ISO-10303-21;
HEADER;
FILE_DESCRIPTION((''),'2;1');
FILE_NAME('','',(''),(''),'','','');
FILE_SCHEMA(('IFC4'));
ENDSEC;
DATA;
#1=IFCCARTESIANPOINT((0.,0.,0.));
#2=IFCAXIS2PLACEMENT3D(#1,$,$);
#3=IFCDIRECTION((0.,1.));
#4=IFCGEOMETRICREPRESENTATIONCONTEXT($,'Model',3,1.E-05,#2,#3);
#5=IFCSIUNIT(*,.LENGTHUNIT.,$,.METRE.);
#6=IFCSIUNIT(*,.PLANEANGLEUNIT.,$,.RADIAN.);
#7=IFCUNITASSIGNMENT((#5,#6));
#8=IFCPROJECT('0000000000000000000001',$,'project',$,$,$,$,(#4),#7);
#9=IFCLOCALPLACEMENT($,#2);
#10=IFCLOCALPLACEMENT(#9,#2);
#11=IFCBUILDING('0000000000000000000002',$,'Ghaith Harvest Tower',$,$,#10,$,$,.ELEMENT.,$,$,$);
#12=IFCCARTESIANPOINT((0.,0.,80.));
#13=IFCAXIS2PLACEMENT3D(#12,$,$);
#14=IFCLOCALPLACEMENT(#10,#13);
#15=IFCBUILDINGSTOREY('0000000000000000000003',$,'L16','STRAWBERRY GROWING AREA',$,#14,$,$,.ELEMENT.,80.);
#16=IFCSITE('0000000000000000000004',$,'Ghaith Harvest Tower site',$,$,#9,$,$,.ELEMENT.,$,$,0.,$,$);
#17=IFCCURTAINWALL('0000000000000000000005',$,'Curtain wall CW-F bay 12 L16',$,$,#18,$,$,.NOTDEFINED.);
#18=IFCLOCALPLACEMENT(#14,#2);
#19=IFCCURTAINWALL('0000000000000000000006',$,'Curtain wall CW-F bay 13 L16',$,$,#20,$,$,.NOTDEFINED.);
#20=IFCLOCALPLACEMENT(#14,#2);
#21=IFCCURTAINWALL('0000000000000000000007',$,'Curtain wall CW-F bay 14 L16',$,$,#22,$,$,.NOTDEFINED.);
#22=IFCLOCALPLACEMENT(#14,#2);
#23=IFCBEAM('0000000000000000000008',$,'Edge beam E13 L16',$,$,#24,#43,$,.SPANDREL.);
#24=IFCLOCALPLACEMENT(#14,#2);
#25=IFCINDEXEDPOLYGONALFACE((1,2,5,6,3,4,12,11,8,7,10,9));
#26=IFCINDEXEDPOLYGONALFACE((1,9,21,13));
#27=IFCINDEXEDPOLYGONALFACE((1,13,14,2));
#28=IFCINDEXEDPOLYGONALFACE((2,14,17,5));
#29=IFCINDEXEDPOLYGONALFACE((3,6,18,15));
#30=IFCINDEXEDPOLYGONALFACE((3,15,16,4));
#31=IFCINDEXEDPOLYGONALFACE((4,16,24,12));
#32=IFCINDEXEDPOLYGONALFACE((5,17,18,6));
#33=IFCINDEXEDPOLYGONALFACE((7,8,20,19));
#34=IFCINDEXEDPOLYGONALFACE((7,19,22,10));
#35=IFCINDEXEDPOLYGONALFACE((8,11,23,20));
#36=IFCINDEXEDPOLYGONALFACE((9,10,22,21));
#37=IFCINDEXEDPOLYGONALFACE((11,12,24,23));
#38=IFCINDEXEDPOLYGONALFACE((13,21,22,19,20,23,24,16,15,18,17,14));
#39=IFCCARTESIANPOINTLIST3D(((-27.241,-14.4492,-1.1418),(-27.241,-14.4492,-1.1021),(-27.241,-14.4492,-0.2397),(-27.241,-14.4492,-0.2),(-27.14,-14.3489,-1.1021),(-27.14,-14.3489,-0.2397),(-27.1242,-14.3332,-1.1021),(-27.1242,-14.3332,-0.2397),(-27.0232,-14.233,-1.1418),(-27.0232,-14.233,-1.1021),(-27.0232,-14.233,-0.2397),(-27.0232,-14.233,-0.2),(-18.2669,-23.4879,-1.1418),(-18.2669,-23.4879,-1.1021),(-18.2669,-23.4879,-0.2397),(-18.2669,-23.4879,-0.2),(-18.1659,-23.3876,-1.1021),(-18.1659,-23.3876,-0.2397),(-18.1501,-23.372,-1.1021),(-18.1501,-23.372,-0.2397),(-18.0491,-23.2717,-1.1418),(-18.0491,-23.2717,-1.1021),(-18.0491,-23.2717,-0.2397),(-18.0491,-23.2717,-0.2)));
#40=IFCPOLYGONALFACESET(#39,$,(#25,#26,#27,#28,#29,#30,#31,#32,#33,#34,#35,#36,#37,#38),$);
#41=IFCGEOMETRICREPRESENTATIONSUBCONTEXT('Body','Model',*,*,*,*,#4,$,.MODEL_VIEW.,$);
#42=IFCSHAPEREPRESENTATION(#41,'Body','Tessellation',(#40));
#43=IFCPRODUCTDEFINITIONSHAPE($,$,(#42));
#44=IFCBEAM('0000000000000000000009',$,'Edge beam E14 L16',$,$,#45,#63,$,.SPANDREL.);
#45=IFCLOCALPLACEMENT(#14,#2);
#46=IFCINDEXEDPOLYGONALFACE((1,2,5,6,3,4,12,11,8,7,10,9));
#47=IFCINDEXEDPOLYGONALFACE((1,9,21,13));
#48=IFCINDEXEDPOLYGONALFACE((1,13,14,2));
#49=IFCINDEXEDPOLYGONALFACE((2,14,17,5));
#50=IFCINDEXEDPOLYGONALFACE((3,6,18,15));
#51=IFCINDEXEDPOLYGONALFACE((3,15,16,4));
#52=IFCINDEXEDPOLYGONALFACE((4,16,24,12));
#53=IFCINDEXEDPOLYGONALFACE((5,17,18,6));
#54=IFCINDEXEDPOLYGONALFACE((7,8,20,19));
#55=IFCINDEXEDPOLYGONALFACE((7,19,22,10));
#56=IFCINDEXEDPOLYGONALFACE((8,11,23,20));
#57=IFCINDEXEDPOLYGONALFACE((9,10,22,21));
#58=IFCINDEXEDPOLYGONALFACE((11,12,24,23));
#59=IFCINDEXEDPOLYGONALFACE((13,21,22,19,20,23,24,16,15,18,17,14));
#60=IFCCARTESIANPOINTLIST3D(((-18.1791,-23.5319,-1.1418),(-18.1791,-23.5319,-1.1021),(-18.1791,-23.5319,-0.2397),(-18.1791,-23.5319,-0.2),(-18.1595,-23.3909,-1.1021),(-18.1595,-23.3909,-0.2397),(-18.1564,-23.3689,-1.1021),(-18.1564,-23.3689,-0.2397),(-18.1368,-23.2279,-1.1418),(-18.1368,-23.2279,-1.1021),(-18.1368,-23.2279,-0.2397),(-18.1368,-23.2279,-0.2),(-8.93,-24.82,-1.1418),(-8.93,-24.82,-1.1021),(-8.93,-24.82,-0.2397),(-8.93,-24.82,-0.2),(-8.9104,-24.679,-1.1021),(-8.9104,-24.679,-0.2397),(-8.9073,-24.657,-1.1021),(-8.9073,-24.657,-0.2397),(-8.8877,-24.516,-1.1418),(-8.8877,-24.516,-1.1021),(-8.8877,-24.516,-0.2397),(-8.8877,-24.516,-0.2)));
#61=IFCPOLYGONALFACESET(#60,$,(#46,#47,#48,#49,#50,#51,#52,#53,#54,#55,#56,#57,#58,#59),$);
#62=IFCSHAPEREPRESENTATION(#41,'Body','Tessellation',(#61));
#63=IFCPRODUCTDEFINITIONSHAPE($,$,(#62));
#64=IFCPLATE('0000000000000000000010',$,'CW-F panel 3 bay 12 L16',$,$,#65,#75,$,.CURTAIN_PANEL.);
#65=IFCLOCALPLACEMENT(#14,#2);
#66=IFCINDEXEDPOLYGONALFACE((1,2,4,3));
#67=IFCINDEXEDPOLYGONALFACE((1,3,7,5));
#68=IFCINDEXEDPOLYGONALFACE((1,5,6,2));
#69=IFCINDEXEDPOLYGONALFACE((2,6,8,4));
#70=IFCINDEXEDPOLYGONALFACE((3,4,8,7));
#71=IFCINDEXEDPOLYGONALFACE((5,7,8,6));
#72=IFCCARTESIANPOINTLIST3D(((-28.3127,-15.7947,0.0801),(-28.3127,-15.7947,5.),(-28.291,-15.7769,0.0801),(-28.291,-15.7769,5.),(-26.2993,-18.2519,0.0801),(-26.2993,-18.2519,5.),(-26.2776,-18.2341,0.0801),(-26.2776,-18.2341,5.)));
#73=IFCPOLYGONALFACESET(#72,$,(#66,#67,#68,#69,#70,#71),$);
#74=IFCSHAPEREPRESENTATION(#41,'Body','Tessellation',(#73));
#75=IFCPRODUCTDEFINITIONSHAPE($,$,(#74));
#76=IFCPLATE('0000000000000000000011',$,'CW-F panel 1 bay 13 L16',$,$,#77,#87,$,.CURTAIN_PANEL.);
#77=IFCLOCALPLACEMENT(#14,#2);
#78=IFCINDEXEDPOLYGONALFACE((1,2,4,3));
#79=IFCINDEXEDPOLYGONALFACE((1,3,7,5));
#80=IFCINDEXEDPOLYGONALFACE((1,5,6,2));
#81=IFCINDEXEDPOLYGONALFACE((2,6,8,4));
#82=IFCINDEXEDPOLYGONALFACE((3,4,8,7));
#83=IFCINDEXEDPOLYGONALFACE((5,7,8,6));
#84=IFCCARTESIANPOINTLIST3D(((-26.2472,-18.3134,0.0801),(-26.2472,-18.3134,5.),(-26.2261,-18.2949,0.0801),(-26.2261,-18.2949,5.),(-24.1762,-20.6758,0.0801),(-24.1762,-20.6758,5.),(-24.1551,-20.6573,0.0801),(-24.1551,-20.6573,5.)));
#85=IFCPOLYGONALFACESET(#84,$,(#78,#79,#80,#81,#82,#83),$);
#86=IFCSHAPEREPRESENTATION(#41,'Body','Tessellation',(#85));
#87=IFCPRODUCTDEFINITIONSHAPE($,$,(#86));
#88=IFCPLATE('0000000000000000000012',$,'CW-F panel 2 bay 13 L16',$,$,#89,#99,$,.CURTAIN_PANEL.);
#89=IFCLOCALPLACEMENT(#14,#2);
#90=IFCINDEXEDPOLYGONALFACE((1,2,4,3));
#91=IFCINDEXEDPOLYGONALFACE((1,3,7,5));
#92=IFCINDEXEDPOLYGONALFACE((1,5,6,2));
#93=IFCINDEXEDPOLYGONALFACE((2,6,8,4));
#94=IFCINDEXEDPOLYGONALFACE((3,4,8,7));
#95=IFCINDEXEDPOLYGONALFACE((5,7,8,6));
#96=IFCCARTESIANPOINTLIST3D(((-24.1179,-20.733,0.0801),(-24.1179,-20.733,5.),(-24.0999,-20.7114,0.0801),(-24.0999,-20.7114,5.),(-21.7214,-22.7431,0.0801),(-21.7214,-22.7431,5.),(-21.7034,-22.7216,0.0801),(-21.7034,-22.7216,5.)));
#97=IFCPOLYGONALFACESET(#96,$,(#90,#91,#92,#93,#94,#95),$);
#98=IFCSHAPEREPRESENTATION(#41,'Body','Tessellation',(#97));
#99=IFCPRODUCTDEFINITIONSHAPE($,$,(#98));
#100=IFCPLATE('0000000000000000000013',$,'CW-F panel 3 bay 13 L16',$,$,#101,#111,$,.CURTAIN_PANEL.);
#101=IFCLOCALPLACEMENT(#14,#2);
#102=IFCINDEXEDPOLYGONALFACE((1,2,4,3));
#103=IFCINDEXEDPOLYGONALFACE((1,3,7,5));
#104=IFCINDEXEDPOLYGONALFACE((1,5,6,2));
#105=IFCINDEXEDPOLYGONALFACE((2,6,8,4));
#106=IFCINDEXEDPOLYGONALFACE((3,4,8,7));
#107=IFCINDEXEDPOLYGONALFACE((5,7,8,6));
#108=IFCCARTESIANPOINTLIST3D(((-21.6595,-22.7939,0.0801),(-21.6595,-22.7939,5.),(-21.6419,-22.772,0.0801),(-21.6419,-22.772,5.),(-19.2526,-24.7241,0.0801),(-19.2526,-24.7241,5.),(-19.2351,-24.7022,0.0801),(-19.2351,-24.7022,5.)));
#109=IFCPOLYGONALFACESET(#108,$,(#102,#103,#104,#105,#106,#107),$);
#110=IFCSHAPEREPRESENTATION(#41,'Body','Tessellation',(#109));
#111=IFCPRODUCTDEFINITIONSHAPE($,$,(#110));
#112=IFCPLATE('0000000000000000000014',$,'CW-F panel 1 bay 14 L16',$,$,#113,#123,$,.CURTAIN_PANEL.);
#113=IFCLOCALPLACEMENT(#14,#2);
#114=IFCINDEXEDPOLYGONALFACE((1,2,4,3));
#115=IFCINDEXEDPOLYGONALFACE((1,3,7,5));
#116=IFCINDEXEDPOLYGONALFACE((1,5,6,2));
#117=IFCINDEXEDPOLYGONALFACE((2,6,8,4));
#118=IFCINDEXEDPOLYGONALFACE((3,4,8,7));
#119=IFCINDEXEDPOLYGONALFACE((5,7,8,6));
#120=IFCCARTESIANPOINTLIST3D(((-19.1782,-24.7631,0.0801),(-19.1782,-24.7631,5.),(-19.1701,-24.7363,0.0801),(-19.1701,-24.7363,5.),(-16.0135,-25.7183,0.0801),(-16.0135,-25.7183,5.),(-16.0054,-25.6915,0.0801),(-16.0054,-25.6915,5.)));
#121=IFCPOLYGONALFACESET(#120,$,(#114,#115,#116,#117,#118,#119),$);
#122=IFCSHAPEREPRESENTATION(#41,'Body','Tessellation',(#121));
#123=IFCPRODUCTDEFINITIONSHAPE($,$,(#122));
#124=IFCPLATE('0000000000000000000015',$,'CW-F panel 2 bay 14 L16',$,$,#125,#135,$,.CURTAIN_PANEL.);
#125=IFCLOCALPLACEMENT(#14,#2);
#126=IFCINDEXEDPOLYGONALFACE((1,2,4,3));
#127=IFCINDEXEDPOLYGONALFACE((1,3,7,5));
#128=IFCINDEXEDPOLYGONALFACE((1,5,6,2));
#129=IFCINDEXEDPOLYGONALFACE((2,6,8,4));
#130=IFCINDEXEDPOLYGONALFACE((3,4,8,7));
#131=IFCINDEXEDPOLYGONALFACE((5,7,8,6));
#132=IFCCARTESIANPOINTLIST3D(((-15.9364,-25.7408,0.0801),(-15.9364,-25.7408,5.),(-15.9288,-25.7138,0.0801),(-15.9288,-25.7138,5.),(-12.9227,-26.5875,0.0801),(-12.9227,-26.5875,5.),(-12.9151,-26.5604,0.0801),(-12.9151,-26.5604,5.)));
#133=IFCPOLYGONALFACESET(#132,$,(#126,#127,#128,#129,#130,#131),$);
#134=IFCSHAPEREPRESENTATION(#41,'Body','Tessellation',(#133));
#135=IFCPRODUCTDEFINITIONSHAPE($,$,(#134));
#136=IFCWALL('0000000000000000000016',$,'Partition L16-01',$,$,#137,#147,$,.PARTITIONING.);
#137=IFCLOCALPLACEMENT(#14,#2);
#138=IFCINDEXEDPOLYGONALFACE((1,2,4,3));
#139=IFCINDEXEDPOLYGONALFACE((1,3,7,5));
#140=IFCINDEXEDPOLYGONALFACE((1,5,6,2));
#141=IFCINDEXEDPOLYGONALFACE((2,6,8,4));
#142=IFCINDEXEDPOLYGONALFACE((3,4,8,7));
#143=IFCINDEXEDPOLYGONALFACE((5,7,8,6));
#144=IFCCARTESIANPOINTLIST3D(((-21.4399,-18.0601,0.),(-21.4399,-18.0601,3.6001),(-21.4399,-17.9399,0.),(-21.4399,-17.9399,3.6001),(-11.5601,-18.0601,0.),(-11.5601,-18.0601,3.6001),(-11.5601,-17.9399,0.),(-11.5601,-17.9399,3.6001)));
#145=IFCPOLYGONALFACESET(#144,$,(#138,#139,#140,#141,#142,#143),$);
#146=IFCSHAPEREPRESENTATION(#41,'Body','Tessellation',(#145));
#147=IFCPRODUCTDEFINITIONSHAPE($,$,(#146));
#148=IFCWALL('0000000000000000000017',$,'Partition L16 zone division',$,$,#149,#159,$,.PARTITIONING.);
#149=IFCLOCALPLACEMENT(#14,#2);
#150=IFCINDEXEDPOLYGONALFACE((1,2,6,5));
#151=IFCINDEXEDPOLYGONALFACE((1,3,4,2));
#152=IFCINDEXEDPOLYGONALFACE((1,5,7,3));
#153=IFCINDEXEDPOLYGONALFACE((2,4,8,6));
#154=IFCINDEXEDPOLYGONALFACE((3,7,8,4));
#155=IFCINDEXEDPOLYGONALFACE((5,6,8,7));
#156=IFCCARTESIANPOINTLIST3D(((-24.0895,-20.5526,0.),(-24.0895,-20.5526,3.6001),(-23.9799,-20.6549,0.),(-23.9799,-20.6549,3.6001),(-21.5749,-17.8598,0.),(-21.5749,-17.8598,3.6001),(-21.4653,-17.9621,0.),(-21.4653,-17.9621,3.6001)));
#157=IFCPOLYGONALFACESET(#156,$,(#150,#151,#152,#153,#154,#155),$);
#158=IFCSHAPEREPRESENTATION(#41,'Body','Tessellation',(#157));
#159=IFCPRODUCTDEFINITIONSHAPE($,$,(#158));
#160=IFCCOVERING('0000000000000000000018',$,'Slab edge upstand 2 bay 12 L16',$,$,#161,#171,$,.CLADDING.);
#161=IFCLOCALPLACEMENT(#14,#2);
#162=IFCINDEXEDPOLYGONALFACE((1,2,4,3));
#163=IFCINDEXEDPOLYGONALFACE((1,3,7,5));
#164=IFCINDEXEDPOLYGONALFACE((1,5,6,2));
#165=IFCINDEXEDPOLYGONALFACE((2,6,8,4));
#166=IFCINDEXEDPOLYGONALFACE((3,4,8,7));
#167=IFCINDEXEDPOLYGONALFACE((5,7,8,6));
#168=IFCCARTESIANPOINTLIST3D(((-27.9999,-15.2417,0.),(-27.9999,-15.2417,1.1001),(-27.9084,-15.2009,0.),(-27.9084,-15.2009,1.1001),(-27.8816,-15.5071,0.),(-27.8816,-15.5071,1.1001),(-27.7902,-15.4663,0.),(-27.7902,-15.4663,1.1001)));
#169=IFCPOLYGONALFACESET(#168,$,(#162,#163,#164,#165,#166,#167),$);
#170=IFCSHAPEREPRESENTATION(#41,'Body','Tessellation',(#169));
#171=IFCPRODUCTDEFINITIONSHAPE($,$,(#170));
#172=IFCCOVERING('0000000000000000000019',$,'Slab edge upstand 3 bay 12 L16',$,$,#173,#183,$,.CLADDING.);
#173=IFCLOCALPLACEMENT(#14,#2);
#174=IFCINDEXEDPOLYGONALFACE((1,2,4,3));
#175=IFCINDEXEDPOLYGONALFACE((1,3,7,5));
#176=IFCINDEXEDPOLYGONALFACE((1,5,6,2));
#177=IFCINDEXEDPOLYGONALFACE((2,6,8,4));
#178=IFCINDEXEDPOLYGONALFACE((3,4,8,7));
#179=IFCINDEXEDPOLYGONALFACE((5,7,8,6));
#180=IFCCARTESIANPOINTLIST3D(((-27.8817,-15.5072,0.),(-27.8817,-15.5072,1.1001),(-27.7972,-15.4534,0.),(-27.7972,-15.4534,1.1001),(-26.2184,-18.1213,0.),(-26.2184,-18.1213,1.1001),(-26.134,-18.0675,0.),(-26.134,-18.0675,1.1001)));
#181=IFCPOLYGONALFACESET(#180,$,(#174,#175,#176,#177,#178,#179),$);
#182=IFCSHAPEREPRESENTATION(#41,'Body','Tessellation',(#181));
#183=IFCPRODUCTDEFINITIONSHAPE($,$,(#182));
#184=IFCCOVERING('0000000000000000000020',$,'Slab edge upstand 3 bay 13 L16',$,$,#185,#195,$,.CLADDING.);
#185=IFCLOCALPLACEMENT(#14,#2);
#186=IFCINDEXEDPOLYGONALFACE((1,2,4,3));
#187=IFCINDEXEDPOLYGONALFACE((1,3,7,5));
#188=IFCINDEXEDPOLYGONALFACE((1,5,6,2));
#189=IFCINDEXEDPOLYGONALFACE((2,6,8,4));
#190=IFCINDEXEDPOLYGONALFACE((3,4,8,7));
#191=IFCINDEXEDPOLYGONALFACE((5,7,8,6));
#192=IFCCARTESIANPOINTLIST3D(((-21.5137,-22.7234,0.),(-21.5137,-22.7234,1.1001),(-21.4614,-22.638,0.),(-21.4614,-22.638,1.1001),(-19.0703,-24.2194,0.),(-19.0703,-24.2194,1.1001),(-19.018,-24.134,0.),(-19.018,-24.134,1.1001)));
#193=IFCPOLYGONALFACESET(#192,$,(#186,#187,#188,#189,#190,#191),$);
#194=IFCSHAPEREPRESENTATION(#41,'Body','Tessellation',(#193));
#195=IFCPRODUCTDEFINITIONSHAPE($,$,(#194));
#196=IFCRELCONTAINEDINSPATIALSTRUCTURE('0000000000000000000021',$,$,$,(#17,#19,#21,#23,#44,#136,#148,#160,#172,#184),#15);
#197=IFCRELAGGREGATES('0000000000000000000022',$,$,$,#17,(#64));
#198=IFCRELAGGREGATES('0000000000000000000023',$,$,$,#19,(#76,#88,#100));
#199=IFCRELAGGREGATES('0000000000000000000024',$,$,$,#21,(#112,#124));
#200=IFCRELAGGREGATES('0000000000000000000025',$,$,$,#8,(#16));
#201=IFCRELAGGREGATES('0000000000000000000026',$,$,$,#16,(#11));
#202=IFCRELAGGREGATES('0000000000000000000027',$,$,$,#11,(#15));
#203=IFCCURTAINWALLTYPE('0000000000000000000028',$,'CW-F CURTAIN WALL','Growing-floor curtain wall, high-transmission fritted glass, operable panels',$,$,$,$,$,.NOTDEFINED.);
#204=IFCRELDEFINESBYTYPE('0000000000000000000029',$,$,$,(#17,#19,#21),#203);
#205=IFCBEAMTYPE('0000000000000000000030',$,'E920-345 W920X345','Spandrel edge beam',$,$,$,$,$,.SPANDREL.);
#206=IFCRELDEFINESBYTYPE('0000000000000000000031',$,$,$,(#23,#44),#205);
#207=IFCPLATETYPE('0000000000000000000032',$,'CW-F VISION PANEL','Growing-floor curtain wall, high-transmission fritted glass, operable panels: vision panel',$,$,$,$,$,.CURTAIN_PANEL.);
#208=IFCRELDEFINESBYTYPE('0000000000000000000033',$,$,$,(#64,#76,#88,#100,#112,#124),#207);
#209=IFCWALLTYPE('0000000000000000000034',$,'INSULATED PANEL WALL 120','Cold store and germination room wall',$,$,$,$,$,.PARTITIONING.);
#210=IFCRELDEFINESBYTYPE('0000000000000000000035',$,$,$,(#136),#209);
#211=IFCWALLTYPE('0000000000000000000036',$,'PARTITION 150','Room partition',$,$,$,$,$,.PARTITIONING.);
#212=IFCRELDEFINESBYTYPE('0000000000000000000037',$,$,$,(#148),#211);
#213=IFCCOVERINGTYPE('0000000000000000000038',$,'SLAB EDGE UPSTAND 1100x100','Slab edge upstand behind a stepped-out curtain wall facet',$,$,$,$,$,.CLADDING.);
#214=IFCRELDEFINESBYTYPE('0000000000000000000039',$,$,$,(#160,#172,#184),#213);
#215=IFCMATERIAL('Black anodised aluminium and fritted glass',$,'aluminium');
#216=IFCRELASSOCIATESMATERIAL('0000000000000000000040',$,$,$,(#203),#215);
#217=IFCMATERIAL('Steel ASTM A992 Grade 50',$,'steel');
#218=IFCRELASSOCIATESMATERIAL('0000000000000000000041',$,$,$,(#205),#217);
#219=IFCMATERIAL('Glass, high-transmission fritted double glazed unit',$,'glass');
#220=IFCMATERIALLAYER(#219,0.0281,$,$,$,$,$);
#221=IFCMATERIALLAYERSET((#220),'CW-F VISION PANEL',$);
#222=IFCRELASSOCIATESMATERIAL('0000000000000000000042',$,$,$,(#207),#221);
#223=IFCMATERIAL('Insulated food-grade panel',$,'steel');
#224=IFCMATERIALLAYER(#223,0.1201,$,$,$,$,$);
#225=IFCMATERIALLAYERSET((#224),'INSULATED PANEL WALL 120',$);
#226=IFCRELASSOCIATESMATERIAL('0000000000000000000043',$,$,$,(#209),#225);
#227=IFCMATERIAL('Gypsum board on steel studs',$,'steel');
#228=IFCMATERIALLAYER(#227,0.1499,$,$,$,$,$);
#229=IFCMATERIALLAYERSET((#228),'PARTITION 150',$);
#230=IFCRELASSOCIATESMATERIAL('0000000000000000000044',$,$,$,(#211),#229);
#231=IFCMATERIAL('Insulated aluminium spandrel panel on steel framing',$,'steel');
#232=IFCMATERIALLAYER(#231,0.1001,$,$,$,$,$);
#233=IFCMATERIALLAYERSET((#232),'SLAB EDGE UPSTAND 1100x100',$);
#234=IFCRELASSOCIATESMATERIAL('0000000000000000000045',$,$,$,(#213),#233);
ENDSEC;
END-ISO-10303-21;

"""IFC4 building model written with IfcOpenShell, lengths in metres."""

from ifc_helpers import new_model, si_unit, direction, frame, frame_2d, origin, origin_2d, place, context, subcontext, project, spatial, rectangle, i_section, extrude, material, layer, layer_set, material_profile, profile_set, type_object, element, aggregate, save


model = new_model("IFC4")

# Units and contexts
model_context = context("Model", 3, precision=1e-05, world=origin(), true_north=direction((0.0, 1.0)))
body_context = subcontext(model_context, "Body", "Model", "MODEL_VIEW")
ifc_project = project(units=[si_unit("LENGTHUNIT", "METRE"), si_unit("PLANEANGLEUNIT", "RADIAN")], contexts=[model_context])

# Site, building, storey
site_placement = place(None, origin())
site = spatial("IfcSite", under=ifc_project, at=site_placement, Name="Ghaith Harvest Tower site", CompositionType="ELEMENT", RefElevation=0.0)
building_placement = place(site_placement, origin())
building = spatial("IfcBuilding", under=site, at=building_placement, Name="Ghaith Harvest Tower", CompositionType="ELEMENT")
storey_placement = place(building_placement, frame((0.0, 0.0, 80.0)))
storey = spatial("IfcBuildingStorey", under=building, at=storey_placement, Name="L16", Description="STRAWBERRY GROWING AREA", CompositionType="ELEMENT", Elevation=80.0)

# Curtain wall
ifc_material_1 = material(Name="Black anodised aluminium and fritted glass", Category="aluminium")
curtain_wall_type = type_object("IfcCurtainWallType", Name="CW-F CURTAIN WALL", Description="Growing-floor curtain wall, high-transmission fritted glass, operable panels", PredefinedType="NOTDEFINED", material=ifc_material_1)
curtain_wall_1_placement = place(storey_placement, origin())
curtain_wall_1 = element("IfcCurtainWall", 1, at=curtain_wall_1_placement, inside=storey, type_object=curtain_wall_type, Name="Curtain wall CW-F bay 12 L16", PredefinedType="NOTDEFINED")

# Curtain walls
curtain_wall_2_placement = place(storey_placement, origin())
curtain_wall_2 = element("IfcCurtainWall", 2, at=curtain_wall_2_placement, inside=storey, type_object=curtain_wall_type, Name="Curtain wall CW-F bay 13 L16", PredefinedType="NOTDEFINED")
curtain_wall_3_placement = place(storey_placement, origin())
curtain_wall_3 = element("IfcCurtainWall", 3, at=curtain_wall_3_placement, inside=storey, type_object=curtain_wall_type, Name="Curtain wall CW-F bay 14 L16", PredefinedType="NOTDEFINED")

# Beams
ifc_material_2 = material(Name="Steel ASTM A992 Grade 50", Category="steel")
ifc_material_profile_1 = material_profile(ifc_material_2, i_section(OverallWidth=0.3069, OverallDepth=0.9419, WebThickness=0.0222, FlangeThickness=0.0398, at=origin_2d()), Name="W920X345")
ifc_profile_set_1 = profile_set([ifc_material_profile_1], Name="Steel ASTM A992 Grade 50")
beam_type = type_object("IfcBeamType", Name="E920-345 W920X345", Description="Spandrel edge beam", PredefinedType="SPANDREL", material=ifc_profile_set_1)
beam_1_placement = place(storey_placement, frame((-27.1321, -14.3411, -0.6709), z_axis=(0.704563, -0.709642, 0.0), x_axis=(0.709642, 0.704563, 0.0)))
element("IfcBeam", 4, at=beam_1_placement, inside=storey, type_object=beam_type, Name="Edge beam E13 L16", PredefinedType="SPANDREL", context=body_context, shape_type="SweptSolid", body=[
    extrude(i_section(OverallWidth=0.3069, OverallDepth=0.9419, WebThickness=0.0222, FlangeThickness=0.0398, at=origin_2d()), origin(), (0.0, 0.0, 1.0), 12.7371),
])
beam_2_placement = place(storey_placement, frame((-18.158, -23.3799, -0.6709), z_axis=(0.990441, -0.137936, 0.0), x_axis=(0.137936, 0.990441, 0.0)))
element("IfcBeam", 5, at=beam_2_placement, inside=storey, type_object=beam_type, Name="Edge beam E14 L16", PredefinedType="SPANDREL", context=body_context, shape_type="SweptSolid", body=[
    extrude(i_section(OverallWidth=0.3069, OverallDepth=0.9419, WebThickness=0.0222, FlangeThickness=0.0398, at=origin_2d()), origin(), (0.0, 0.0, 1.0), 9.3384),
])

# Plates
ifc_material_3 = material(Name="Glass, high-transmission fritted double glazed unit", Category="glass")
ifc_layer_1 = layer(ifc_material_3, 0.0281)
ifc_layer_set_1 = layer_set([ifc_layer_1], Name="CW-F VISION PANEL")
plate_type = type_object("IfcPlateType", Name="CW-F VISION PANEL", Description="Growing-floor curtain wall, high-transmission fritted glass, operable panels: vision panel", PredefinedType="CURTAIN_PANEL", material=ifc_layer_set_1)
plate_1_placement = place(storey_placement, frame((-27.2952, -17.0144, 0.0801), z_axis=(0.0, 0.0, 1.0), x_axis=(0.63379, -0.773505, 0.0)))
plate_1 = element("IfcPlate", 6, at=plate_1_placement, type_object=plate_type, Name="CW-F panel 3 bay 12 L16", PredefinedType="CURTAIN_PANEL", context=body_context, shape_type="SweptSolid", body=[
    extrude(rectangle(XDim=3.1768, YDim=0.0281, at=origin_2d()), origin(), (0.0, 0.0, 1.0), 4.9199),
])
aggregate(curtain_wall_1, [plate_1])
plate_2_placement = place(storey_placement, frame((-25.2012, -19.4854, 0.0801), z_axis=(0.0, 0.0, 1.0), x_axis=(0.659216, -0.751954, 0.0)))
plate_2 = element("IfcPlate", 7, at=plate_2_placement, type_object=plate_type, Name="CW-F panel 1 bay 13 L16", PredefinedType="CURTAIN_PANEL", context=body_context, shape_type="SweptSolid", body=[
    extrude(rectangle(XDim=3.1416, YDim=0.0281, at=origin_2d()), origin(), (0.0, 0.0, 1.0), 4.9199),
])
plate_3_placement = place(storey_placement, frame((-22.9106, -21.7273, 0.0801), z_axis=(0.0, 0.0, 1.0), x_axis=(0.766155, -0.642656, 0.0)))
plate_3 = element("IfcPlate", 8, at=plate_3_placement, type_object=plate_type, Name="CW-F panel 2 bay 13 L16", PredefinedType="CURTAIN_PANEL", context=body_context, shape_type="SweptSolid", body=[
    extrude(rectangle(XDim=3.1279, YDim=0.0281, at=origin_2d()), origin(), (0.0, 0.0, 1.0), 4.9199),
])
plate_4_placement = place(storey_placement, frame((-20.4473, -23.748, 0.0801), z_axis=(0.0, 0.0, 1.0), x_axis=(0.780122, -0.625627, 0.0)))
plate_4 = element("IfcPlate", 9, at=plate_4_placement, type_object=plate_type, Name="CW-F panel 3 bay 13 L16", PredefinedType="CURTAIN_PANEL", context=body_context, shape_type="SweptSolid", body=[
    extrude(rectangle(XDim=3.0852, YDim=0.0281, at=origin_2d()), origin(), (0.0, 0.0, 1.0), 4.9199),
])
aggregate(curtain_wall_2, [plate_2, plate_3, plate_4])
plate_5_placement = place(storey_placement, frame((-17.5918, -25.2273, 0.0801), z_axis=(0.0, 0.0, 1.0), x_axis=(0.957342, -0.288956, 0.0)))
plate_5 = element("IfcPlate", 10, at=plate_5_placement, type_object=plate_type, Name="CW-F panel 1 bay 14 L16", PredefinedType="CURTAIN_PANEL", context=body_context, shape_type="SweptSolid", body=[
    extrude(rectangle(XDim=3.3057, YDim=0.0281, at=origin_2d()), origin(), (0.0, 0.0, 1.0), 4.9199),
])
plate_6_placement = place(storey_placement, frame((-14.4258, -26.1506, 0.0801), z_axis=(0.0, 0.0, 1.0), x_axis=(0.96273, -0.270465, 0.0)))
plate_6 = element("IfcPlate", 11, at=plate_6_placement, type_object=plate_type, Name="CW-F panel 2 bay 14 L16", PredefinedType="CURTAIN_PANEL", context=body_context, shape_type="SweptSolid", body=[
    extrude(rectangle(XDim=3.1304, YDim=0.0281, at=origin_2d()), origin(), (0.0, 0.0, 1.0), 4.9199),
])
aggregate(curtain_wall_3, [plate_5, plate_6])

# Walls
ifc_material_4 = material(Name="Insulated food-grade panel", Category="steel")
ifc_layer_2 = layer(ifc_material_4, 0.1201)
ifc_layer_set_2 = layer_set([ifc_layer_2], Name="INSULATED PANEL WALL 120")
wall_type_1 = type_object("IfcWallType", Name="INSULATED PANEL WALL 120", Description="Cold store and germination room wall", PredefinedType="PARTITIONING", material=ifc_layer_set_2)
wall_1_placement = place(storey_placement, frame((-21.4399, -18.0, 0.0), z_axis=(0.0, 0.0, 1.0), x_axis=(1.0, 0.0, 0.0)))
element("IfcWall", 12, at=wall_1_placement, inside=storey, type_object=wall_type_1, Name="Partition L16-01", PredefinedType="PARTITIONING", context=body_context, shape_type="SweptSolid", body=[
    extrude(rectangle(XDim=9.8799, YDim=0.1201, at=frame_2d((4.9399, 0.0))), origin(), (0.0, 0.0, 1.0), 3.6001),
])
ifc_material_5 = material(Name="Gypsum board on steel studs", Category="steel")
ifc_layer_3 = layer(ifc_material_5, 0.1499)
ifc_layer_set_3 = layer_set([ifc_layer_3], Name="PARTITION 150")
wall_type_2 = type_object("IfcWallType", Name="PARTITION 150", Description="Room partition", PredefinedType="PARTITIONING", material=ifc_layer_set_3)
wall_2_placement = place(storey_placement, frame((-21.52, -17.9109, 0.0), z_axis=(0.0, 0.0, 1.0), x_axis=(-0.682507, -0.730879, 0.0)))
element("IfcWall", 13, at=wall_2_placement, inside=storey, type_object=wall_type_2, Name="Partition L16 zone division", PredefinedType="PARTITIONING", context=body_context, shape_type="SweptSolid", body=[
    extrude(rectangle(XDim=3.6843, YDim=0.1499, at=frame_2d((1.8423, 0.0))), origin(), (0.0, 0.0, 1.0), 3.6001),
])

# Coverings
ifc_material_6 = material(Name="Insulated aluminium spandrel panel on steel framing", Category="steel")
ifc_layer_4 = layer(ifc_material_6, 0.1001)
ifc_layer_set_4 = layer_set([ifc_layer_4], Name="SLAB EDGE UPSTAND 1100x100")
covering_type = type_object("IfcCoveringType", Name="SLAB EDGE UPSTAND 1100x100", Description="Slab edge upstand behind a stepped-out curtain wall facet", PredefinedType="CLADDING", material=ifc_layer_set_4)
covering_1_placement = place(storey_placement, frame((-27.895, -15.354, 0.0), z_axis=(0.0, 0.0, 1.0), x_axis=(0.407003, -0.913427, 0.0)))
element("IfcCovering", 14, at=covering_1_placement, inside=storey, type_object=covering_type, Name="Slab edge upstand 2 bay 12 L16", PredefinedType="CLADDING", context=body_context, shape_type="SweptSolid", body=[
    extrude(rectangle(XDim=0.2905, YDim=0.1001, at=origin_2d()), origin(), (0.0, 0.0, 1.0), 1.1001),
])
covering_2_placement = place(storey_placement, frame((-27.0078, -16.7874, 0.0), z_axis=(0.0, 0.0, 1.0), x_axis=(0.536807, -0.843705, 0.0)))
element("IfcCovering", 15, at=covering_2_placement, inside=storey, type_object=covering_type, Name="Slab edge upstand 3 bay 12 L16", PredefinedType="CLADDING", context=body_context, shape_type="SweptSolid", body=[
    extrude(rectangle(XDim=3.0984, YDim=0.1001, at=origin_2d()), origin(), (0.0, 0.0, 1.0), 1.1001),
])
covering_3_placement = place(storey_placement, frame((-20.2659, -23.4287, 0.0), z_axis=(0.0, 0.0, 1.0), x_axis=(0.852847, -0.522161, 0.0)))
element("IfcCovering", 16, at=covering_3_placement, inside=storey, type_object=covering_type, Name="Slab edge upstand 3 bay 13 L16", PredefinedType="CLADDING", context=body_context, shape_type="SweptSolid", body=[
    extrude(rectangle(XDim=2.865, YDim=0.1001, at=origin_2d()), origin(), (0.0, 0.0, 1.0), 1.1001),
])

save(model, "model.ifc")
